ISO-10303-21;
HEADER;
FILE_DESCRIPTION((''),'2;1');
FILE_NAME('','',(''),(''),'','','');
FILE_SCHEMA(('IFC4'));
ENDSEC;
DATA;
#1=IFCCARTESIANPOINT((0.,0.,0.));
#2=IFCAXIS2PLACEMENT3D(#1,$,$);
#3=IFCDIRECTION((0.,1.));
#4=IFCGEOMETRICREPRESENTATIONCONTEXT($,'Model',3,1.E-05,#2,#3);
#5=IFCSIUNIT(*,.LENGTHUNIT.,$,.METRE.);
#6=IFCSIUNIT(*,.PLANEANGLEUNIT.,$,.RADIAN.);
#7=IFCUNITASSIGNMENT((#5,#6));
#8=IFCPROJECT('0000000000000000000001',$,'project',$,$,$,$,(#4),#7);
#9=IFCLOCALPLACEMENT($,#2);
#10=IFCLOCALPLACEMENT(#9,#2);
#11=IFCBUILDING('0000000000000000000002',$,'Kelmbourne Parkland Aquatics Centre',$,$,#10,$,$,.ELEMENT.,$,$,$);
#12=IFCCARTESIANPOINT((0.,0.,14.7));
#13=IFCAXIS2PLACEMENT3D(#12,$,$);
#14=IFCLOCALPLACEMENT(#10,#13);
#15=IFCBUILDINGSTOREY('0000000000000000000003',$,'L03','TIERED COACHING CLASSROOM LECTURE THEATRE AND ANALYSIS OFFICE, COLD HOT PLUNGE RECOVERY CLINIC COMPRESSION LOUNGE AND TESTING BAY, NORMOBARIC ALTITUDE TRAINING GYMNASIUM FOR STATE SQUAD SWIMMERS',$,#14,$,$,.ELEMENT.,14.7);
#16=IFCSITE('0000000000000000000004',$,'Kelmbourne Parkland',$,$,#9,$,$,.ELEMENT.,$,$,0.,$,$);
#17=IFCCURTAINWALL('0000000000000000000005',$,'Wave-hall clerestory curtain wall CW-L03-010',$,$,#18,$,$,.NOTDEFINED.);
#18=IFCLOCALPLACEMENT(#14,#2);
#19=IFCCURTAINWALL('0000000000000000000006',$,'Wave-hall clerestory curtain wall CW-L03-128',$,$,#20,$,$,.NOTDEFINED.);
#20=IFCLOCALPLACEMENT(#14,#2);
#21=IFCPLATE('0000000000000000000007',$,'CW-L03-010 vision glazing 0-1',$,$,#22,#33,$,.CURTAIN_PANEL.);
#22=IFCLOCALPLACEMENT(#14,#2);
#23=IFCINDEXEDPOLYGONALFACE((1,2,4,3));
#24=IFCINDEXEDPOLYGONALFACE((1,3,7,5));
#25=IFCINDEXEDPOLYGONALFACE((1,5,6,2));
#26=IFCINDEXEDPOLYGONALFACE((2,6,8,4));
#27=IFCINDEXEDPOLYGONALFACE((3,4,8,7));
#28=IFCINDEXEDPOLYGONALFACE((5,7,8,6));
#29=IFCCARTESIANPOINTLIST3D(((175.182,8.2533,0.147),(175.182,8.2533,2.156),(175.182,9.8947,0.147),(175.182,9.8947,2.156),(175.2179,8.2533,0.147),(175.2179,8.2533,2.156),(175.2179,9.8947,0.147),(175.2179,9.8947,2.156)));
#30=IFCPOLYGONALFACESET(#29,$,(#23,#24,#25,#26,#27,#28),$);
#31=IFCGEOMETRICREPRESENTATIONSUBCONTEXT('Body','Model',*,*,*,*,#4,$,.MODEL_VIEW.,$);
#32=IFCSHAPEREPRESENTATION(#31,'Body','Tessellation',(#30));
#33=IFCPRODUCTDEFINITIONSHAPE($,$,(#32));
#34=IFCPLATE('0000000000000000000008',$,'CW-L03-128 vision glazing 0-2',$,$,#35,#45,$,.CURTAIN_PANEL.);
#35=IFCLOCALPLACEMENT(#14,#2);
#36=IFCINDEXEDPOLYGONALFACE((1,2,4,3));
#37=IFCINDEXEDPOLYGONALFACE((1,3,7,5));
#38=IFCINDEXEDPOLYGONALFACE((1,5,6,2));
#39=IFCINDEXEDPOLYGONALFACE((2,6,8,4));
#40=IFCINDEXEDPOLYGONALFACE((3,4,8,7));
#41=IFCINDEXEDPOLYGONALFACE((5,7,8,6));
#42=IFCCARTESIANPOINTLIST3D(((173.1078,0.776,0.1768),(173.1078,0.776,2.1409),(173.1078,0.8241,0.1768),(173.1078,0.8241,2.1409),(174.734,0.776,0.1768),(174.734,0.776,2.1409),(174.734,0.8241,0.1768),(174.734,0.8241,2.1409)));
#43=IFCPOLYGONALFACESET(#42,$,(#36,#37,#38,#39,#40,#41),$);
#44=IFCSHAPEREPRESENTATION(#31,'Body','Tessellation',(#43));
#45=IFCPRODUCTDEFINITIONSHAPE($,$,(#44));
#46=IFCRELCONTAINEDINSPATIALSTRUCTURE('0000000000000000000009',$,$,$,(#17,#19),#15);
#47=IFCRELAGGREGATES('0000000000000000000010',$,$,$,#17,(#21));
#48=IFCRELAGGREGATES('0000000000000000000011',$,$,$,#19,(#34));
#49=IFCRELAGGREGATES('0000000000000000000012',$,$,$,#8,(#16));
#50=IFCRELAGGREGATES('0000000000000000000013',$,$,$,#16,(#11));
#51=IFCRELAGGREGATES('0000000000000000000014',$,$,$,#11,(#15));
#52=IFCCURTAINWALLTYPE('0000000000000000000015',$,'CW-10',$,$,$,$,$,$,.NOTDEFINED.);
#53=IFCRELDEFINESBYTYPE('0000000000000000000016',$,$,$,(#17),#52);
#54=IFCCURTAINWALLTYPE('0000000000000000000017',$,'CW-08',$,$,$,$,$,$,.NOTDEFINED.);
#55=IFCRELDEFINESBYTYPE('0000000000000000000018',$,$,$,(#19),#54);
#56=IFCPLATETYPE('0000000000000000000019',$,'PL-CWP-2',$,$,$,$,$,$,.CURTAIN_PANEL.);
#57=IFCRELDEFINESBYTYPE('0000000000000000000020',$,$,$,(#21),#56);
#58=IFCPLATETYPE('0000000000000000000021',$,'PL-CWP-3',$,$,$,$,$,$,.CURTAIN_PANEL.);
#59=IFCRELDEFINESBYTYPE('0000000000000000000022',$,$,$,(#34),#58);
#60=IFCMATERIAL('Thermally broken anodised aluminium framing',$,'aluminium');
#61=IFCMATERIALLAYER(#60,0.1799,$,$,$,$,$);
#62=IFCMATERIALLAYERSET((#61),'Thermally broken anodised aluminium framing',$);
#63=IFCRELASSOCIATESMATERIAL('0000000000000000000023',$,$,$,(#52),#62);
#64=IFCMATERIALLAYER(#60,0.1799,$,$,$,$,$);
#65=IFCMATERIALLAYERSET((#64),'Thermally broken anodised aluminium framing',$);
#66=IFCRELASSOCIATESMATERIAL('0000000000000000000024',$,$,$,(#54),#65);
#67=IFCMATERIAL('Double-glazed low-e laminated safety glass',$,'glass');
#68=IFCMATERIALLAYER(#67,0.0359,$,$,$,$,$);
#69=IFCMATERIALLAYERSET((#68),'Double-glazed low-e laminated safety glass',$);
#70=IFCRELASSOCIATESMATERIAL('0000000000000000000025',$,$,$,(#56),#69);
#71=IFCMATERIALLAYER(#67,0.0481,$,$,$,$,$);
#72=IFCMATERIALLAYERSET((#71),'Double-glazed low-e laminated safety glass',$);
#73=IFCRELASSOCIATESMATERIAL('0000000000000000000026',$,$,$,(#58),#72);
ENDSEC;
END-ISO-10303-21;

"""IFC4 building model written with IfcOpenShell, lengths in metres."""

from ifc_helpers import new_model, si_unit, direction, frame, origin, origin_2d, place, context, subcontext, project, spatial, rectangle, extrude, material, layer, layer_set, type_object, element, aggregate, save


model = new_model("IFC4")

# Units and contexts
model_context = context("Model", 3, precision=1e-05, world=origin(), true_north=direction((0.0, 1.0)))
body_context = subcontext(model_context, "Body", "Model", "MODEL_VIEW")
ifc_project = project(units=[si_unit("LENGTHUNIT", "METRE"), si_unit("PLANEANGLEUNIT", "RADIAN")], contexts=[model_context])

# Site, building, storey
site_placement = place(None, origin())
site = spatial("IfcSite", under=ifc_project, at=site_placement, Name="Kelmbourne Parkland", CompositionType="ELEMENT", RefElevation=0.0)
building_placement = place(site_placement, origin())
building = spatial("IfcBuilding", under=site, at=building_placement, Name="Kelmbourne Parkland Aquatics Centre", CompositionType="ELEMENT")
storey_placement = place(building_placement, frame((0.0, 0.0, 14.7)))
storey = spatial("IfcBuildingStorey", under=building, at=storey_placement, Name="L03", Description="TIERED COACHING CLASSROOM LECTURE THEATRE AND ANALYSIS OFFICE, COLD HOT PLUNGE RECOVERY CLINIC COMPRESSION LOUNGE AND TESTING BAY, NORMOBARIC ALTITUDE TRAINING GYMNASIUM FOR STATE SQUAD SWIMMERS", CompositionType="ELEMENT", Elevation=14.7)

# Curtain wall
ifc_material_1 = material(Name="Thermally broken anodised aluminium framing", Category="aluminium")
ifc_layer_1 = layer(ifc_material_1, 0.1799)
ifc_layer_set_1 = layer_set([ifc_layer_1], Name="Thermally broken anodised aluminium framing")
curtain_wall_type_1 = type_object("IfcCurtainWallType", Name="CW-10", PredefinedType="NOTDEFINED", material=ifc_layer_set_1)
curtain_wall_1_placement = place(storey_placement, origin())
curtain_wall_1 = element("IfcCurtainWall", 1, at=curtain_wall_1_placement, inside=storey, type_object=curtain_wall_type_1, Name="Wave-hall clerestory curtain wall CW-L03-010", PredefinedType="NOTDEFINED")

# Curtain wall
ifc_layer_2 = layer(ifc_material_1, 0.1799)
ifc_layer_set_2 = layer_set([ifc_layer_2], Name="Thermally broken anodised aluminium framing")
curtain_wall_type_2 = type_object("IfcCurtainWallType", Name="CW-08", PredefinedType="NOTDEFINED", material=ifc_layer_set_2)
curtain_wall_2_placement = place(storey_placement, origin())
curtain_wall_2 = element("IfcCurtainWall", 2, at=curtain_wall_2_placement, inside=storey, type_object=curtain_wall_type_2, Name="Wave-hall clerestory curtain wall CW-L03-128", PredefinedType="NOTDEFINED")

# Plates
ifc_material_2 = material(Name="Double-glazed low-e laminated safety glass", Category="glass")
ifc_layer_3 = layer(ifc_material_2, 0.0359)
ifc_layer_set_3 = layer_set([ifc_layer_3], Name="Double-glazed low-e laminated safety glass")
plate_type_1 = type_object("IfcPlateType", Name="PL-CWP-2", PredefinedType="CURTAIN_PANEL", material=ifc_layer_set_3)
plate_1_placement = place(storey_placement, frame((175.2, 9.074, 0.147), z_axis=(0.0, 0.0, 1.0), x_axis=(0.0, 1.0, 0.0)))
plate_1 = element("IfcPlate", 3, at=plate_1_placement, type_object=plate_type_1, Name="CW-L03-010 vision glazing 0-1", PredefinedType="CURTAIN_PANEL", context=body_context, shape_type="SweptSolid", body=[
    extrude(rectangle(XDim=1.6414, YDim=0.0359, at=origin_2d()), origin(), (0.0, 0.0, 1.0), 2.009),
])
aggregate(curtain_wall_1, [plate_1])
ifc_layer_4 = layer(ifc_material_2, 0.0481)
ifc_layer_set_4 = layer_set([ifc_layer_4], Name="Double-glazed low-e laminated safety glass")
plate_type_2 = type_object("IfcPlateType", Name="PL-CWP-3", PredefinedType="CURTAIN_PANEL", material=ifc_layer_set_4)
plate_2_placement = place(storey_placement, frame((173.9209, 0.8, 0.1768), z_axis=(0.0, 0.0, 1.0), x_axis=(1.0, 0.0, 0.0)))
plate_2 = element("IfcPlate", 4, at=plate_2_placement, type_object=plate_type_2, Name="CW-L03-128 vision glazing 0-2", PredefinedType="CURTAIN_PANEL", context=body_context, shape_type="SweptSolid", body=[
    extrude(rectangle(XDim=1.6262, YDim=0.0481, at=origin_2d()), origin(), (0.0, 0.0, 1.0), 1.9641),
])
aggregate(curtain_wall_2, [plate_2])

save(model, "model.ifc")
